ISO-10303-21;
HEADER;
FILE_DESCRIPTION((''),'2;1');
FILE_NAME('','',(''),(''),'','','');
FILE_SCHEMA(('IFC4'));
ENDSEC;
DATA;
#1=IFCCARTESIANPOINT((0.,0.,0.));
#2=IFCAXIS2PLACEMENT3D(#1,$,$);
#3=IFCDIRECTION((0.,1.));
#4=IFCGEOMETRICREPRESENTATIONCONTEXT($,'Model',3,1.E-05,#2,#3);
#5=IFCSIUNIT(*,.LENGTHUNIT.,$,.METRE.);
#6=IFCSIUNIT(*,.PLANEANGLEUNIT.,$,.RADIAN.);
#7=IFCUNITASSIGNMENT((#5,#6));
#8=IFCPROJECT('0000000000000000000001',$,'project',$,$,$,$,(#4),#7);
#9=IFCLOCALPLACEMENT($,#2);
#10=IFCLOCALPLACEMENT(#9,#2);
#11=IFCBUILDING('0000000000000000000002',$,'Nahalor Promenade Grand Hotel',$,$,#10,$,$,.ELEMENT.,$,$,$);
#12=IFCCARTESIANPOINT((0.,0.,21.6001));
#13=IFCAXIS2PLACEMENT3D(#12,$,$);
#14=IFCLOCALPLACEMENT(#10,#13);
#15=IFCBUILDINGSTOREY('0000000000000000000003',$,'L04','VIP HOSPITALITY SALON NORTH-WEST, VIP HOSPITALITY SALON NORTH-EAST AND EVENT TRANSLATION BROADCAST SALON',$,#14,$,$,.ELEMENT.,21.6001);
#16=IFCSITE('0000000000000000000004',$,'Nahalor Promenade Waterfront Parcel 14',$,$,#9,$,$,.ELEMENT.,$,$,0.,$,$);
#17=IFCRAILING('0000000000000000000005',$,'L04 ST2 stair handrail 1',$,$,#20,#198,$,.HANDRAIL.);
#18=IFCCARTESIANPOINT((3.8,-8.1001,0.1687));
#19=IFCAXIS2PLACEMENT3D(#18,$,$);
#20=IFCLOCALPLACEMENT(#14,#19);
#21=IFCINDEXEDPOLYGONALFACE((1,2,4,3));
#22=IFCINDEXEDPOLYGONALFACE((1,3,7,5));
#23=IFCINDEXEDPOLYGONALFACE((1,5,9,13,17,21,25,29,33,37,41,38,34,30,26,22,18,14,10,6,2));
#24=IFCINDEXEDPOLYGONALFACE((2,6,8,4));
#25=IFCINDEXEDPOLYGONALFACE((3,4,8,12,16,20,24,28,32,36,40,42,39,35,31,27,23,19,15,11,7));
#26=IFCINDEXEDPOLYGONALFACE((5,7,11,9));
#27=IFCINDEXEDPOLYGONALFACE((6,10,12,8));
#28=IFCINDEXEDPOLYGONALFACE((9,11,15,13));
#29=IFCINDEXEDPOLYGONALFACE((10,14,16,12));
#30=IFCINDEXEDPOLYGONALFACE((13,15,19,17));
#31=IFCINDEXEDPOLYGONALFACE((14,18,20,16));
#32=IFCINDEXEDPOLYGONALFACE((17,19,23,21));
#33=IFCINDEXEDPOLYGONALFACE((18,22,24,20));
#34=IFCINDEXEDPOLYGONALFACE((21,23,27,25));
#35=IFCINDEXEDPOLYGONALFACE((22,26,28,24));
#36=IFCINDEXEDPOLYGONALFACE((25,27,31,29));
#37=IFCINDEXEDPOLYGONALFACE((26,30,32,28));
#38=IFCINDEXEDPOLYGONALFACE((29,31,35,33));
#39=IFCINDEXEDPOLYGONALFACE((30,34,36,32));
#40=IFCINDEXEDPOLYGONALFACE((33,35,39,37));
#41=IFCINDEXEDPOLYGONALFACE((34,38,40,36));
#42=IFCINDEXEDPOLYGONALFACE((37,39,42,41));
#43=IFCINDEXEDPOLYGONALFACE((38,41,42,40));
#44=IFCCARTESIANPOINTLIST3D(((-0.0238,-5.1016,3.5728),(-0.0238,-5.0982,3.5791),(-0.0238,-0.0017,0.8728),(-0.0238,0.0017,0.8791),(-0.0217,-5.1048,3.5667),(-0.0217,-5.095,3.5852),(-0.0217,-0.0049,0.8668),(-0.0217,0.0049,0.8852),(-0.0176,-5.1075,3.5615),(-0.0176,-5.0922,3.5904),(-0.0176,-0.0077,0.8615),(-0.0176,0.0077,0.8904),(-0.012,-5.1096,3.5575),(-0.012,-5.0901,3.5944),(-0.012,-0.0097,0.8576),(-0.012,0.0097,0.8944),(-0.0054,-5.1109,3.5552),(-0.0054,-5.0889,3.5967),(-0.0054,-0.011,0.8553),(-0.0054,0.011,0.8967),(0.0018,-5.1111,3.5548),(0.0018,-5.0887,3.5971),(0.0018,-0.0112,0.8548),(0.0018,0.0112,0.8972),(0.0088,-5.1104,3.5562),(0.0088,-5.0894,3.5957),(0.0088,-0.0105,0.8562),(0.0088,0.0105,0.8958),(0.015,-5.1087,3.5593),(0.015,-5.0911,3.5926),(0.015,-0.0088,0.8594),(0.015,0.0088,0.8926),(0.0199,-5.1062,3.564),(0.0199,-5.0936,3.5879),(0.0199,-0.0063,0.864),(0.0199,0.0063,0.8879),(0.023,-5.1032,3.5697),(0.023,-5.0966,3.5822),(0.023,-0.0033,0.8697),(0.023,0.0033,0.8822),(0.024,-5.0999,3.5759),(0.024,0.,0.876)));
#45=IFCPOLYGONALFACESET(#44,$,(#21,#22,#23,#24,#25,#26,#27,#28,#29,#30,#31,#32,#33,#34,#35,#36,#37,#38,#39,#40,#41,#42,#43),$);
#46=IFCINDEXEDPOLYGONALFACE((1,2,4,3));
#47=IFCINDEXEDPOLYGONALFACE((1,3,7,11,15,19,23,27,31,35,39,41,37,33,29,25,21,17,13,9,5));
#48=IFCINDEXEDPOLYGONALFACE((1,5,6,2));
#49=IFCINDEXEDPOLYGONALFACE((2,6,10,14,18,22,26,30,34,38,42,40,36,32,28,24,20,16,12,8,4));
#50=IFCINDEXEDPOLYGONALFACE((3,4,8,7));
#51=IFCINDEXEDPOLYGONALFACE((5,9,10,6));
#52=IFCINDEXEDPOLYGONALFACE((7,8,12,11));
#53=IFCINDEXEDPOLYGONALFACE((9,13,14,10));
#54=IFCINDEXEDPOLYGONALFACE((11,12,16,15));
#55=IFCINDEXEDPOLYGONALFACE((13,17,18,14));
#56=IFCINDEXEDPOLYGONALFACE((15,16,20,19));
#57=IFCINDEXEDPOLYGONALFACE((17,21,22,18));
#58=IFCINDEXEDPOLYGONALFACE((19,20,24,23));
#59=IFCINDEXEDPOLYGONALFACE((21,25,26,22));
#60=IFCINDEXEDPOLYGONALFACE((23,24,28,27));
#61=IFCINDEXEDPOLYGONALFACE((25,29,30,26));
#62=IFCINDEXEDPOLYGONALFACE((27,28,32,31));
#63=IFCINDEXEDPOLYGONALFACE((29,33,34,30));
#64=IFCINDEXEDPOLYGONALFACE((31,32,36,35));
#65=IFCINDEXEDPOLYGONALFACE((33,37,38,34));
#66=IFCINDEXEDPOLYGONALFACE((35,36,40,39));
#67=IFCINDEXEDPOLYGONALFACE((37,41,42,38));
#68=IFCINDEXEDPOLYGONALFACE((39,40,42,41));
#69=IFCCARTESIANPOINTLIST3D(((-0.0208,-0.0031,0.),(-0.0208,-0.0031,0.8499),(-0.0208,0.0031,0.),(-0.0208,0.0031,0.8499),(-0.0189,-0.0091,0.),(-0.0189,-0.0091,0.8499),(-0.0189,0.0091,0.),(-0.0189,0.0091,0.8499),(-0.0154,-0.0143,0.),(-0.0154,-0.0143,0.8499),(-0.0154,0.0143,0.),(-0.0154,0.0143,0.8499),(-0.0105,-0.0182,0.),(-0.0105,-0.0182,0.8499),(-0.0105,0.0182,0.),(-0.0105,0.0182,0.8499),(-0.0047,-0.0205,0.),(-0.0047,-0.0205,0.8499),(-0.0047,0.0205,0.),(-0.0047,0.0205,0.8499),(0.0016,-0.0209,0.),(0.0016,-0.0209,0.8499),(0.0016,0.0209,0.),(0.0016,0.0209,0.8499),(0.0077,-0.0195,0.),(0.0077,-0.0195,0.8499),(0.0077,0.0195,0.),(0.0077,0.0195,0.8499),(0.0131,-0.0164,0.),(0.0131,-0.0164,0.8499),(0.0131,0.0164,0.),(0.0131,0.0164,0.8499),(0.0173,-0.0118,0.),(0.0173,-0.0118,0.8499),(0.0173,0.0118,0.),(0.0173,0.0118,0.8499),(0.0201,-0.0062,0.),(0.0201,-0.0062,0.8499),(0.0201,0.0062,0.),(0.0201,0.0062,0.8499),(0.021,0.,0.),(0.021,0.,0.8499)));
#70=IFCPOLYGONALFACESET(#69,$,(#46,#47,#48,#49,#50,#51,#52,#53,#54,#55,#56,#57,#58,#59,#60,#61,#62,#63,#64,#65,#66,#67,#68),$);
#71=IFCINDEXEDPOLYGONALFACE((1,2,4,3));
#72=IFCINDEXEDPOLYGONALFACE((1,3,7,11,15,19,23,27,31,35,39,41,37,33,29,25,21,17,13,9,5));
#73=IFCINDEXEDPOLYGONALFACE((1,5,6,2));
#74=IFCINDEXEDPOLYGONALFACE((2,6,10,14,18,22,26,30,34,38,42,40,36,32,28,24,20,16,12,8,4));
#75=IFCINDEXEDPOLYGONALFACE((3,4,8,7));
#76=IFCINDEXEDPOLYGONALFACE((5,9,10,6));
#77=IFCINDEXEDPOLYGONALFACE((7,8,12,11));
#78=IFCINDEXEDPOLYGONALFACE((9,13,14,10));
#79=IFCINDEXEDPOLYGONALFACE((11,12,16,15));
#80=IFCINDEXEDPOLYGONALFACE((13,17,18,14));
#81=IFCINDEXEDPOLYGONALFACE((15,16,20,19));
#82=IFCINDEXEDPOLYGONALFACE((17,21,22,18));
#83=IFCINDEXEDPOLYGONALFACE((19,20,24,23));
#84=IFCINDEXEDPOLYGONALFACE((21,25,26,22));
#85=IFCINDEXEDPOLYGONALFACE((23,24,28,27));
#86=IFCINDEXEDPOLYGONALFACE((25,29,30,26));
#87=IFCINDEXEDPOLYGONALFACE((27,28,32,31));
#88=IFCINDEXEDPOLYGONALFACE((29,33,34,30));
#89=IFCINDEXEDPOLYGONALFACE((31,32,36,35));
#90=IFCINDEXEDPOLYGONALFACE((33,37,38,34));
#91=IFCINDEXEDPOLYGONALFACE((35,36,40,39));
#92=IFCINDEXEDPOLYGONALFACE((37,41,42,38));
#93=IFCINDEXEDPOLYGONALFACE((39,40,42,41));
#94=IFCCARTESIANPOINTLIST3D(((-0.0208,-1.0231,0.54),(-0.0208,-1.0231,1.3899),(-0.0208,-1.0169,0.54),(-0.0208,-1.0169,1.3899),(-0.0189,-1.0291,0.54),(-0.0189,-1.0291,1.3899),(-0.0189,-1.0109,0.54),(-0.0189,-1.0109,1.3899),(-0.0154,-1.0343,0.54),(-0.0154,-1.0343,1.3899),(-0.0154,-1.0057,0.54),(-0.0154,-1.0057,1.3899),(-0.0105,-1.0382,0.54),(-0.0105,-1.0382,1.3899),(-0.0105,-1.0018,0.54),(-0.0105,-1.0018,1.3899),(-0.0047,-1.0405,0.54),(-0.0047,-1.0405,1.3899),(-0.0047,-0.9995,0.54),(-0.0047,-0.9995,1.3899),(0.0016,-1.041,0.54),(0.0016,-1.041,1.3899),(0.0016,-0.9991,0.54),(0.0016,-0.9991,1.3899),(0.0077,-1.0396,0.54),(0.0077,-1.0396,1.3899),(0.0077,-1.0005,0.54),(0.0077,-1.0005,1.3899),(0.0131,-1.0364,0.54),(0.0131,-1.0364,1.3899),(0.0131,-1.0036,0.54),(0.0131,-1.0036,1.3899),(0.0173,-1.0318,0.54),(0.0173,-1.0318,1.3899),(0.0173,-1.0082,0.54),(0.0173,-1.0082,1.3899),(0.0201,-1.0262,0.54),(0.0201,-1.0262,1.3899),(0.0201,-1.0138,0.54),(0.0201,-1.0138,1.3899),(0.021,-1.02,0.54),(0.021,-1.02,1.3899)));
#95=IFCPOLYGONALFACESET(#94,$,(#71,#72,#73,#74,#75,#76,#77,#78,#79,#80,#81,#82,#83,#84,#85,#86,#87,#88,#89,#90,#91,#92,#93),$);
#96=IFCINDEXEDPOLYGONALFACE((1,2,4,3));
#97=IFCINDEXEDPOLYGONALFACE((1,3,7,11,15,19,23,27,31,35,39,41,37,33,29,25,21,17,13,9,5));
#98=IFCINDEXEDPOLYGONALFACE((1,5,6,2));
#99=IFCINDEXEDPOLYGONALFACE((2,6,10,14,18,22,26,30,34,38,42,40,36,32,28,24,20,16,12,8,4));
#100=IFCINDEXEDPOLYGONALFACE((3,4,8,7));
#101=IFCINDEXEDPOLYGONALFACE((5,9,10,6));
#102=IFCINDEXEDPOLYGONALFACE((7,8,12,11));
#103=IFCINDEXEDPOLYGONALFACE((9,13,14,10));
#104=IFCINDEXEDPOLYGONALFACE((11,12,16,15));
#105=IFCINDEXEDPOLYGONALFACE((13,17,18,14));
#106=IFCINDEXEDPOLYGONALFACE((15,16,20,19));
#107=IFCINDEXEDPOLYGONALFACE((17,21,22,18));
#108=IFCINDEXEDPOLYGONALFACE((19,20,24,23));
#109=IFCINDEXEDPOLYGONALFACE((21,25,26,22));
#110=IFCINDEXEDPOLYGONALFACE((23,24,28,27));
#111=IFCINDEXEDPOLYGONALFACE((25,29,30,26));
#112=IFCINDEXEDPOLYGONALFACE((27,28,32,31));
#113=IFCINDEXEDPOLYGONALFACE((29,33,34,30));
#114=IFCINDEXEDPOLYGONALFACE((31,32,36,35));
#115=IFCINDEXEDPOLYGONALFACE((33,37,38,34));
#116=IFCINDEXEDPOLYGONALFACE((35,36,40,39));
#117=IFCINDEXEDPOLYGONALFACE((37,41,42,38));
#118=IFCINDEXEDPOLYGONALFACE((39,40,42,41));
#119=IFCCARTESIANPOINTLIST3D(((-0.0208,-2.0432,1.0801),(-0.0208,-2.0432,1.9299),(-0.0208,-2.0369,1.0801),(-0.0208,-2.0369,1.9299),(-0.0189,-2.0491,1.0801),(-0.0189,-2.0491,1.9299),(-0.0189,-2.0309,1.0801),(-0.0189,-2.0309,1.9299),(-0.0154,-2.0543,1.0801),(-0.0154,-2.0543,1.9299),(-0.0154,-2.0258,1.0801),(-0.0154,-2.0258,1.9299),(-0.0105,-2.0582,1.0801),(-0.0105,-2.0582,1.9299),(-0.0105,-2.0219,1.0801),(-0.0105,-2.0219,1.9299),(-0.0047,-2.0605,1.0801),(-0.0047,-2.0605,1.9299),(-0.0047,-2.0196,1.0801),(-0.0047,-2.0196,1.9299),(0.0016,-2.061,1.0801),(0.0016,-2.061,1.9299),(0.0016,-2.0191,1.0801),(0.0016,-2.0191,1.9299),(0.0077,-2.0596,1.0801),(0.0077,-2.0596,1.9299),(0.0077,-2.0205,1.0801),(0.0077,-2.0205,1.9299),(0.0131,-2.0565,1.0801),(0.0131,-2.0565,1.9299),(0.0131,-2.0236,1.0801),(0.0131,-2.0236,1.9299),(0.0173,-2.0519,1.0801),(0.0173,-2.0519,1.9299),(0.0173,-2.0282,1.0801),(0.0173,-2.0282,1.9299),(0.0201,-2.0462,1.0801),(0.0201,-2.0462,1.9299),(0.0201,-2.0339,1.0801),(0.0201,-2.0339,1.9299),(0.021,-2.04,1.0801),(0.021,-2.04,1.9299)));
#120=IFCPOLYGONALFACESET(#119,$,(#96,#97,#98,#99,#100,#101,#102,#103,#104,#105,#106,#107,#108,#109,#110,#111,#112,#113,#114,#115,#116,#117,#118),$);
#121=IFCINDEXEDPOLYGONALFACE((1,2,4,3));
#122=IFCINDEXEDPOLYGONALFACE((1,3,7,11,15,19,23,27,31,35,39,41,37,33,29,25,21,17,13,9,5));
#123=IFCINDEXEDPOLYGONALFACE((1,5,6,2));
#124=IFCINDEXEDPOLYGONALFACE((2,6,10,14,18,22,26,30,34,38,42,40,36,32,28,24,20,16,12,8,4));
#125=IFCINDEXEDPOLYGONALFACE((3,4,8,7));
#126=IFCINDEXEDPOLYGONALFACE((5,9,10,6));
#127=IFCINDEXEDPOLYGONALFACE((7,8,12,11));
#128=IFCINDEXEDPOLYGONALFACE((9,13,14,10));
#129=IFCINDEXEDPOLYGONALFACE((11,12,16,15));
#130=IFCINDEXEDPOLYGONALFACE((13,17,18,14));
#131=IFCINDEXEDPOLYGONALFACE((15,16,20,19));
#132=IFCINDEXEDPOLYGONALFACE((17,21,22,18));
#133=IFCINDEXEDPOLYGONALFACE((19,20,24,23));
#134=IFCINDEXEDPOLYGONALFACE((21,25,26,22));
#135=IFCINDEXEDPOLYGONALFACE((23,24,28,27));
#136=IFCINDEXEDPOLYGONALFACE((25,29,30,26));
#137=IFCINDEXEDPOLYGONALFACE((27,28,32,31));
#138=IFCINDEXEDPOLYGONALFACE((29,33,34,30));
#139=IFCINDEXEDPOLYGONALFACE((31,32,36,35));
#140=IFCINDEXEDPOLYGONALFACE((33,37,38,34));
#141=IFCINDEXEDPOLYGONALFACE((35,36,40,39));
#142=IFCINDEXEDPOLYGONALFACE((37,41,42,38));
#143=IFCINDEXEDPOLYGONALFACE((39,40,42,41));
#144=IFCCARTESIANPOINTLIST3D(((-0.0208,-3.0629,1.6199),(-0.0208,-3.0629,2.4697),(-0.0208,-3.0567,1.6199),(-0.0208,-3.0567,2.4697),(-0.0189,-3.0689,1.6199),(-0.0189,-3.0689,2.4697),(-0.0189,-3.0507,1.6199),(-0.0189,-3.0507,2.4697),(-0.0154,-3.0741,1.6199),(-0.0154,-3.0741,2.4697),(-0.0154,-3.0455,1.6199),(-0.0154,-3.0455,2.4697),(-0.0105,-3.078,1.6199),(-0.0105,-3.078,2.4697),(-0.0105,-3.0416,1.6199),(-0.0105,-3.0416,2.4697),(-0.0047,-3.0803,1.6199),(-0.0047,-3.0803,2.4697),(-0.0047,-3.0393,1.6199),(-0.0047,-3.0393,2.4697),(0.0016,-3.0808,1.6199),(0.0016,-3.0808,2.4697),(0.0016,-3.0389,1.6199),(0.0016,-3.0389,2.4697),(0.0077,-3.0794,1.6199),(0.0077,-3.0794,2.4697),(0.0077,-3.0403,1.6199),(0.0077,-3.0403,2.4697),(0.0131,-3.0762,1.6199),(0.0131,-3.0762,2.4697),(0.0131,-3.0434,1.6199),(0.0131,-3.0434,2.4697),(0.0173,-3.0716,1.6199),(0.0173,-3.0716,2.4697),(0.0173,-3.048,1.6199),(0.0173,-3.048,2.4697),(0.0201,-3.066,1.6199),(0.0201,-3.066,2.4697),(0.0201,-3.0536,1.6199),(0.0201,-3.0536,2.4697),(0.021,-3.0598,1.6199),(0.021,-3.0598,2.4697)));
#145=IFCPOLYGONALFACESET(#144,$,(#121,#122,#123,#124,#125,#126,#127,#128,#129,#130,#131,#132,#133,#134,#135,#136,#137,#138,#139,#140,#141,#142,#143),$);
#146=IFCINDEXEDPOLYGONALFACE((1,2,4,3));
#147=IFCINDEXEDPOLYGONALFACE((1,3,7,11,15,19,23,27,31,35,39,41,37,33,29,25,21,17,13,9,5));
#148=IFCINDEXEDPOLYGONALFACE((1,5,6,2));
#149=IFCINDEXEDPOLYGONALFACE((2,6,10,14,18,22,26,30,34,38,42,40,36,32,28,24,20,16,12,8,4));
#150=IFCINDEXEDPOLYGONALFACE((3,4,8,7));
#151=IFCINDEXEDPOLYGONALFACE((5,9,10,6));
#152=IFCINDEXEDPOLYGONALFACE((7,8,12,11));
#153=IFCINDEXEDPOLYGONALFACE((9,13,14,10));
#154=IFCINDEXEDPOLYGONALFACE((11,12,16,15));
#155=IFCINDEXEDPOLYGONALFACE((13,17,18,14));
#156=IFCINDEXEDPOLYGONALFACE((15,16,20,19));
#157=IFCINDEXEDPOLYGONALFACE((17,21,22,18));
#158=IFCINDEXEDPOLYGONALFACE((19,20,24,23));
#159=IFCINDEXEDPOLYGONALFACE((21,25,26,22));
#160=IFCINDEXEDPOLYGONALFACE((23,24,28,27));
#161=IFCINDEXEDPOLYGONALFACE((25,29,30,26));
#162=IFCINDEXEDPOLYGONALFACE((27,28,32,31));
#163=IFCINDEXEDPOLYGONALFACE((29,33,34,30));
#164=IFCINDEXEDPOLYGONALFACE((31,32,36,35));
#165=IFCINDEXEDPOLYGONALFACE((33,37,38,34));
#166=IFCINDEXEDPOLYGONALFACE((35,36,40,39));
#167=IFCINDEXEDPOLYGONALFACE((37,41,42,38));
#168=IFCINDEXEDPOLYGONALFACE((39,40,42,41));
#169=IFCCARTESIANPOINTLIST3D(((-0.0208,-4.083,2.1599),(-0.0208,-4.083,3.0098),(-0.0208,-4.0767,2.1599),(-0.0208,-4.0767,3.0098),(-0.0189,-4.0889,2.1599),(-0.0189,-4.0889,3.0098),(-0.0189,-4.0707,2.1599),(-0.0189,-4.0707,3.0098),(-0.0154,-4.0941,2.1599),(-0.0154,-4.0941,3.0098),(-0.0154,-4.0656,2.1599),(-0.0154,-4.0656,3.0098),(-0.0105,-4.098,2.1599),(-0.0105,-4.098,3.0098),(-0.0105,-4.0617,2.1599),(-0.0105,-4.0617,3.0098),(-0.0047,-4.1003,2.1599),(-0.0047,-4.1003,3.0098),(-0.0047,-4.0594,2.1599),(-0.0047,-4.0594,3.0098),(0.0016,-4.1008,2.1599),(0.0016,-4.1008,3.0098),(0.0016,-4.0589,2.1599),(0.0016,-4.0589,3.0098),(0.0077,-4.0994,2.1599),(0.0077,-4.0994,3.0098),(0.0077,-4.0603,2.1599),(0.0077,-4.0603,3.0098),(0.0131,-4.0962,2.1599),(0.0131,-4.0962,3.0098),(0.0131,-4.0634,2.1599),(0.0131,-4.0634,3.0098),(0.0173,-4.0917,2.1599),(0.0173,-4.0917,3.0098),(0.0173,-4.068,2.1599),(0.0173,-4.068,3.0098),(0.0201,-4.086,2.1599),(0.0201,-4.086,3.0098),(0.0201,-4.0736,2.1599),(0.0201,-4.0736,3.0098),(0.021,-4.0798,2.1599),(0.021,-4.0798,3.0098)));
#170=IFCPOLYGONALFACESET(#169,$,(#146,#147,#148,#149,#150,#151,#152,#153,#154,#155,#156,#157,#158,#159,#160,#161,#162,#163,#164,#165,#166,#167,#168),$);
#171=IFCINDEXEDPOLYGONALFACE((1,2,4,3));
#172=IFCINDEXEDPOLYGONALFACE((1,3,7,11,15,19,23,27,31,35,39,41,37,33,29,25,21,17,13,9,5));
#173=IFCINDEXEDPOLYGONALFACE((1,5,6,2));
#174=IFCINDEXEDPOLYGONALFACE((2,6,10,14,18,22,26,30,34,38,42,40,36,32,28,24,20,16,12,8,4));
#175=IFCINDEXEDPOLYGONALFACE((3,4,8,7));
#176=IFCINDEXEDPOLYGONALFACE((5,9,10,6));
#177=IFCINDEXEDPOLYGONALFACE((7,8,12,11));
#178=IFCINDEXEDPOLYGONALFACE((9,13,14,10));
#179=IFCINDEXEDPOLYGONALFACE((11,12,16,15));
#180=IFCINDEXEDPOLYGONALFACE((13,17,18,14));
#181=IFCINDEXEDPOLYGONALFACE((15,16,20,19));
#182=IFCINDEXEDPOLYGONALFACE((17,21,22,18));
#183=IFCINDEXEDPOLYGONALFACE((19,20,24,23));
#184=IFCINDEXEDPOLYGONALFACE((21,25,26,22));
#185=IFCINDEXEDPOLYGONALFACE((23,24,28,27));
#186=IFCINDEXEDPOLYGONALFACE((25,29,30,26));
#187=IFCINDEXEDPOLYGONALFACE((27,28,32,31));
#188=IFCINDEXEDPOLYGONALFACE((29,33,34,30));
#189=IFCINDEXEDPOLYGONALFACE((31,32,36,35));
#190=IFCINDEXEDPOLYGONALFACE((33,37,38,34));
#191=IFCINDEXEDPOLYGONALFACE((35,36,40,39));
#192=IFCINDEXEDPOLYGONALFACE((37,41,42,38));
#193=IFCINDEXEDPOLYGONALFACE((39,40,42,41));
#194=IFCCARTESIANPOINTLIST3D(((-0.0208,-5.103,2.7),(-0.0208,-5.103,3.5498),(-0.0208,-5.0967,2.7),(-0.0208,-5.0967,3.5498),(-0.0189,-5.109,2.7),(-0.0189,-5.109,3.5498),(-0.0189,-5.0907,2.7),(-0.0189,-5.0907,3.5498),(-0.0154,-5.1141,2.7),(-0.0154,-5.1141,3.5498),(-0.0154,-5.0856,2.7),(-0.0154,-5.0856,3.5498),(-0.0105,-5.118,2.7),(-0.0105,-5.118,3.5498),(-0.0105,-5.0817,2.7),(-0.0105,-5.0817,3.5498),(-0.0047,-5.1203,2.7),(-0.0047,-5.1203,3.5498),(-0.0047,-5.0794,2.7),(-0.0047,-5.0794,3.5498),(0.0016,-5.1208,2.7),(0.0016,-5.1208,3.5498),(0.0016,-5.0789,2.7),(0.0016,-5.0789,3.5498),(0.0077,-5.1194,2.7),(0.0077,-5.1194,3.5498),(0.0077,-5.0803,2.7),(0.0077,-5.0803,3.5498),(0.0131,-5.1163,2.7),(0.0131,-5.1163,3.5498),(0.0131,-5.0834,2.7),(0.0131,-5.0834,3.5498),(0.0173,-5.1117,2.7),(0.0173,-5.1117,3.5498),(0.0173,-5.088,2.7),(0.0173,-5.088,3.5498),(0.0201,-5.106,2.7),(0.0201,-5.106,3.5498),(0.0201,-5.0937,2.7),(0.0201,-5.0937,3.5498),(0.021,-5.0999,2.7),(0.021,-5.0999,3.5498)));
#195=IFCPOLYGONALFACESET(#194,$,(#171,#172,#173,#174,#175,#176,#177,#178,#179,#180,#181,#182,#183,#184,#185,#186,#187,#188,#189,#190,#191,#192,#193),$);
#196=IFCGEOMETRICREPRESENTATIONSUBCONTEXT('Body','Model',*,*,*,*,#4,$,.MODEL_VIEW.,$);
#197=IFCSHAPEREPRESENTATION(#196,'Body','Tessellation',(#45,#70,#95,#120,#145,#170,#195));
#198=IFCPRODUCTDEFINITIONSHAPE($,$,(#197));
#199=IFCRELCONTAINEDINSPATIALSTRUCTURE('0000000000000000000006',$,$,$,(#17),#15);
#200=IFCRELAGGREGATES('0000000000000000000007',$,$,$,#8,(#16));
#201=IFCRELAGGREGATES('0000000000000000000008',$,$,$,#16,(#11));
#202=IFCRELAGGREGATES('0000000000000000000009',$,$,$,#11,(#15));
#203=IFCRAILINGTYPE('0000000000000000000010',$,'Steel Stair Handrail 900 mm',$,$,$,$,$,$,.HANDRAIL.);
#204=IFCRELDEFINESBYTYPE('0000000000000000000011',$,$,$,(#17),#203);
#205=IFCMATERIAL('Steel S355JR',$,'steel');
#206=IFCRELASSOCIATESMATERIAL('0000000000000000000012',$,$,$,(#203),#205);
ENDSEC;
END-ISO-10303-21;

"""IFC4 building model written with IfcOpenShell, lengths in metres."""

from ifc_helpers import new_model, si_unit, direction, frame, origin, origin_2d, place, context, subcontext, project, spatial, circle, extrude, material, type_object, element, save


model = new_model("IFC4")

# Units and contexts
model_context = context("Model", 3, precision=1e-05, world=origin(), true_north=direction((0.0, 1.0)))
body_context = subcontext(model_context, "Body", "Model", "MODEL_VIEW")
ifc_project = project(units=[si_unit("LENGTHUNIT", "METRE"), si_unit("PLANEANGLEUNIT", "RADIAN")], contexts=[model_context])

# Site, building, storey
site_placement = place(None, origin())
site = spatial("IfcSite", under=ifc_project, at=site_placement, Name="Nahalor Promenade Waterfront Parcel 14", CompositionType="ELEMENT", RefElevation=0.0)
building_placement = place(site_placement, origin())
building = spatial("IfcBuilding", under=site, at=building_placement, Name="Nahalor Promenade Grand Hotel", CompositionType="ELEMENT")
storey_placement = place(building_placement, frame((0.0, 0.0, 21.6001)))
storey = spatial("IfcBuildingStorey", under=building, at=storey_placement, Name="L04", Description="VIP HOSPITALITY SALON NORTH-WEST, VIP HOSPITALITY SALON NORTH-EAST AND EVENT TRANSLATION BROADCAST SALON", CompositionType="ELEMENT", Elevation=21.6001)

# Shared definitions
ifc_material_1 = material(Name="Steel S355JR", Category="steel")

# Railing
railing_type_1 = type_object("IfcRailingType", Name="Steel Stair Handrail 900 mm", PredefinedType="HANDRAIL", material=ifc_material_1)
railing_1_placement = place(storey_placement, frame((3.8, -8.1001, 0.1687)))
element("IfcRailing", 1, at=railing_1_placement, inside=storey, type_object=railing_type_1, Name="L04 ST2 stair handrail 1", PredefinedType="HANDRAIL", context=body_context, shape_type="SweptSolid", body=[
    extrude(circle(Radius=0.024, at=origin_2d()), frame((0.0, 0.0, 0.876), z_axis=(0.0, -0.883786, 0.467892), x_axis=(1.0, 0.0, 0.0)), (0.0, 0.0, 1.0), 5.7705),
    extrude(circle(Radius=0.021, at=origin_2d()), origin(), (0.0, 0.0, 1.0), 0.8499),
    extrude(circle(Radius=0.021, at=origin_2d()), frame((0.0, -1.02, 0.54)), (0.0, 0.0, 1.0), 0.8499),
    extrude(circle(Radius=0.021, at=origin_2d()), frame((0.0, -2.04, 1.0801)), (0.0, 0.0, 1.0), 0.8499),
    extrude(circle(Radius=0.021, at=origin_2d()), frame((0.0, -3.0598, 1.6199)), (0.0, 0.0, 1.0), 0.8499),
    extrude(circle(Radius=0.021, at=origin_2d()), frame((0.0, -4.0798, 2.1599)), (0.0, 0.0, 1.0), 0.8499),
    extrude(circle(Radius=0.021, at=origin_2d()), frame((0.0, -5.0999, 2.7)), (0.0, 0.0, 1.0), 0.8499),
])

save(model, "model.ifc")
